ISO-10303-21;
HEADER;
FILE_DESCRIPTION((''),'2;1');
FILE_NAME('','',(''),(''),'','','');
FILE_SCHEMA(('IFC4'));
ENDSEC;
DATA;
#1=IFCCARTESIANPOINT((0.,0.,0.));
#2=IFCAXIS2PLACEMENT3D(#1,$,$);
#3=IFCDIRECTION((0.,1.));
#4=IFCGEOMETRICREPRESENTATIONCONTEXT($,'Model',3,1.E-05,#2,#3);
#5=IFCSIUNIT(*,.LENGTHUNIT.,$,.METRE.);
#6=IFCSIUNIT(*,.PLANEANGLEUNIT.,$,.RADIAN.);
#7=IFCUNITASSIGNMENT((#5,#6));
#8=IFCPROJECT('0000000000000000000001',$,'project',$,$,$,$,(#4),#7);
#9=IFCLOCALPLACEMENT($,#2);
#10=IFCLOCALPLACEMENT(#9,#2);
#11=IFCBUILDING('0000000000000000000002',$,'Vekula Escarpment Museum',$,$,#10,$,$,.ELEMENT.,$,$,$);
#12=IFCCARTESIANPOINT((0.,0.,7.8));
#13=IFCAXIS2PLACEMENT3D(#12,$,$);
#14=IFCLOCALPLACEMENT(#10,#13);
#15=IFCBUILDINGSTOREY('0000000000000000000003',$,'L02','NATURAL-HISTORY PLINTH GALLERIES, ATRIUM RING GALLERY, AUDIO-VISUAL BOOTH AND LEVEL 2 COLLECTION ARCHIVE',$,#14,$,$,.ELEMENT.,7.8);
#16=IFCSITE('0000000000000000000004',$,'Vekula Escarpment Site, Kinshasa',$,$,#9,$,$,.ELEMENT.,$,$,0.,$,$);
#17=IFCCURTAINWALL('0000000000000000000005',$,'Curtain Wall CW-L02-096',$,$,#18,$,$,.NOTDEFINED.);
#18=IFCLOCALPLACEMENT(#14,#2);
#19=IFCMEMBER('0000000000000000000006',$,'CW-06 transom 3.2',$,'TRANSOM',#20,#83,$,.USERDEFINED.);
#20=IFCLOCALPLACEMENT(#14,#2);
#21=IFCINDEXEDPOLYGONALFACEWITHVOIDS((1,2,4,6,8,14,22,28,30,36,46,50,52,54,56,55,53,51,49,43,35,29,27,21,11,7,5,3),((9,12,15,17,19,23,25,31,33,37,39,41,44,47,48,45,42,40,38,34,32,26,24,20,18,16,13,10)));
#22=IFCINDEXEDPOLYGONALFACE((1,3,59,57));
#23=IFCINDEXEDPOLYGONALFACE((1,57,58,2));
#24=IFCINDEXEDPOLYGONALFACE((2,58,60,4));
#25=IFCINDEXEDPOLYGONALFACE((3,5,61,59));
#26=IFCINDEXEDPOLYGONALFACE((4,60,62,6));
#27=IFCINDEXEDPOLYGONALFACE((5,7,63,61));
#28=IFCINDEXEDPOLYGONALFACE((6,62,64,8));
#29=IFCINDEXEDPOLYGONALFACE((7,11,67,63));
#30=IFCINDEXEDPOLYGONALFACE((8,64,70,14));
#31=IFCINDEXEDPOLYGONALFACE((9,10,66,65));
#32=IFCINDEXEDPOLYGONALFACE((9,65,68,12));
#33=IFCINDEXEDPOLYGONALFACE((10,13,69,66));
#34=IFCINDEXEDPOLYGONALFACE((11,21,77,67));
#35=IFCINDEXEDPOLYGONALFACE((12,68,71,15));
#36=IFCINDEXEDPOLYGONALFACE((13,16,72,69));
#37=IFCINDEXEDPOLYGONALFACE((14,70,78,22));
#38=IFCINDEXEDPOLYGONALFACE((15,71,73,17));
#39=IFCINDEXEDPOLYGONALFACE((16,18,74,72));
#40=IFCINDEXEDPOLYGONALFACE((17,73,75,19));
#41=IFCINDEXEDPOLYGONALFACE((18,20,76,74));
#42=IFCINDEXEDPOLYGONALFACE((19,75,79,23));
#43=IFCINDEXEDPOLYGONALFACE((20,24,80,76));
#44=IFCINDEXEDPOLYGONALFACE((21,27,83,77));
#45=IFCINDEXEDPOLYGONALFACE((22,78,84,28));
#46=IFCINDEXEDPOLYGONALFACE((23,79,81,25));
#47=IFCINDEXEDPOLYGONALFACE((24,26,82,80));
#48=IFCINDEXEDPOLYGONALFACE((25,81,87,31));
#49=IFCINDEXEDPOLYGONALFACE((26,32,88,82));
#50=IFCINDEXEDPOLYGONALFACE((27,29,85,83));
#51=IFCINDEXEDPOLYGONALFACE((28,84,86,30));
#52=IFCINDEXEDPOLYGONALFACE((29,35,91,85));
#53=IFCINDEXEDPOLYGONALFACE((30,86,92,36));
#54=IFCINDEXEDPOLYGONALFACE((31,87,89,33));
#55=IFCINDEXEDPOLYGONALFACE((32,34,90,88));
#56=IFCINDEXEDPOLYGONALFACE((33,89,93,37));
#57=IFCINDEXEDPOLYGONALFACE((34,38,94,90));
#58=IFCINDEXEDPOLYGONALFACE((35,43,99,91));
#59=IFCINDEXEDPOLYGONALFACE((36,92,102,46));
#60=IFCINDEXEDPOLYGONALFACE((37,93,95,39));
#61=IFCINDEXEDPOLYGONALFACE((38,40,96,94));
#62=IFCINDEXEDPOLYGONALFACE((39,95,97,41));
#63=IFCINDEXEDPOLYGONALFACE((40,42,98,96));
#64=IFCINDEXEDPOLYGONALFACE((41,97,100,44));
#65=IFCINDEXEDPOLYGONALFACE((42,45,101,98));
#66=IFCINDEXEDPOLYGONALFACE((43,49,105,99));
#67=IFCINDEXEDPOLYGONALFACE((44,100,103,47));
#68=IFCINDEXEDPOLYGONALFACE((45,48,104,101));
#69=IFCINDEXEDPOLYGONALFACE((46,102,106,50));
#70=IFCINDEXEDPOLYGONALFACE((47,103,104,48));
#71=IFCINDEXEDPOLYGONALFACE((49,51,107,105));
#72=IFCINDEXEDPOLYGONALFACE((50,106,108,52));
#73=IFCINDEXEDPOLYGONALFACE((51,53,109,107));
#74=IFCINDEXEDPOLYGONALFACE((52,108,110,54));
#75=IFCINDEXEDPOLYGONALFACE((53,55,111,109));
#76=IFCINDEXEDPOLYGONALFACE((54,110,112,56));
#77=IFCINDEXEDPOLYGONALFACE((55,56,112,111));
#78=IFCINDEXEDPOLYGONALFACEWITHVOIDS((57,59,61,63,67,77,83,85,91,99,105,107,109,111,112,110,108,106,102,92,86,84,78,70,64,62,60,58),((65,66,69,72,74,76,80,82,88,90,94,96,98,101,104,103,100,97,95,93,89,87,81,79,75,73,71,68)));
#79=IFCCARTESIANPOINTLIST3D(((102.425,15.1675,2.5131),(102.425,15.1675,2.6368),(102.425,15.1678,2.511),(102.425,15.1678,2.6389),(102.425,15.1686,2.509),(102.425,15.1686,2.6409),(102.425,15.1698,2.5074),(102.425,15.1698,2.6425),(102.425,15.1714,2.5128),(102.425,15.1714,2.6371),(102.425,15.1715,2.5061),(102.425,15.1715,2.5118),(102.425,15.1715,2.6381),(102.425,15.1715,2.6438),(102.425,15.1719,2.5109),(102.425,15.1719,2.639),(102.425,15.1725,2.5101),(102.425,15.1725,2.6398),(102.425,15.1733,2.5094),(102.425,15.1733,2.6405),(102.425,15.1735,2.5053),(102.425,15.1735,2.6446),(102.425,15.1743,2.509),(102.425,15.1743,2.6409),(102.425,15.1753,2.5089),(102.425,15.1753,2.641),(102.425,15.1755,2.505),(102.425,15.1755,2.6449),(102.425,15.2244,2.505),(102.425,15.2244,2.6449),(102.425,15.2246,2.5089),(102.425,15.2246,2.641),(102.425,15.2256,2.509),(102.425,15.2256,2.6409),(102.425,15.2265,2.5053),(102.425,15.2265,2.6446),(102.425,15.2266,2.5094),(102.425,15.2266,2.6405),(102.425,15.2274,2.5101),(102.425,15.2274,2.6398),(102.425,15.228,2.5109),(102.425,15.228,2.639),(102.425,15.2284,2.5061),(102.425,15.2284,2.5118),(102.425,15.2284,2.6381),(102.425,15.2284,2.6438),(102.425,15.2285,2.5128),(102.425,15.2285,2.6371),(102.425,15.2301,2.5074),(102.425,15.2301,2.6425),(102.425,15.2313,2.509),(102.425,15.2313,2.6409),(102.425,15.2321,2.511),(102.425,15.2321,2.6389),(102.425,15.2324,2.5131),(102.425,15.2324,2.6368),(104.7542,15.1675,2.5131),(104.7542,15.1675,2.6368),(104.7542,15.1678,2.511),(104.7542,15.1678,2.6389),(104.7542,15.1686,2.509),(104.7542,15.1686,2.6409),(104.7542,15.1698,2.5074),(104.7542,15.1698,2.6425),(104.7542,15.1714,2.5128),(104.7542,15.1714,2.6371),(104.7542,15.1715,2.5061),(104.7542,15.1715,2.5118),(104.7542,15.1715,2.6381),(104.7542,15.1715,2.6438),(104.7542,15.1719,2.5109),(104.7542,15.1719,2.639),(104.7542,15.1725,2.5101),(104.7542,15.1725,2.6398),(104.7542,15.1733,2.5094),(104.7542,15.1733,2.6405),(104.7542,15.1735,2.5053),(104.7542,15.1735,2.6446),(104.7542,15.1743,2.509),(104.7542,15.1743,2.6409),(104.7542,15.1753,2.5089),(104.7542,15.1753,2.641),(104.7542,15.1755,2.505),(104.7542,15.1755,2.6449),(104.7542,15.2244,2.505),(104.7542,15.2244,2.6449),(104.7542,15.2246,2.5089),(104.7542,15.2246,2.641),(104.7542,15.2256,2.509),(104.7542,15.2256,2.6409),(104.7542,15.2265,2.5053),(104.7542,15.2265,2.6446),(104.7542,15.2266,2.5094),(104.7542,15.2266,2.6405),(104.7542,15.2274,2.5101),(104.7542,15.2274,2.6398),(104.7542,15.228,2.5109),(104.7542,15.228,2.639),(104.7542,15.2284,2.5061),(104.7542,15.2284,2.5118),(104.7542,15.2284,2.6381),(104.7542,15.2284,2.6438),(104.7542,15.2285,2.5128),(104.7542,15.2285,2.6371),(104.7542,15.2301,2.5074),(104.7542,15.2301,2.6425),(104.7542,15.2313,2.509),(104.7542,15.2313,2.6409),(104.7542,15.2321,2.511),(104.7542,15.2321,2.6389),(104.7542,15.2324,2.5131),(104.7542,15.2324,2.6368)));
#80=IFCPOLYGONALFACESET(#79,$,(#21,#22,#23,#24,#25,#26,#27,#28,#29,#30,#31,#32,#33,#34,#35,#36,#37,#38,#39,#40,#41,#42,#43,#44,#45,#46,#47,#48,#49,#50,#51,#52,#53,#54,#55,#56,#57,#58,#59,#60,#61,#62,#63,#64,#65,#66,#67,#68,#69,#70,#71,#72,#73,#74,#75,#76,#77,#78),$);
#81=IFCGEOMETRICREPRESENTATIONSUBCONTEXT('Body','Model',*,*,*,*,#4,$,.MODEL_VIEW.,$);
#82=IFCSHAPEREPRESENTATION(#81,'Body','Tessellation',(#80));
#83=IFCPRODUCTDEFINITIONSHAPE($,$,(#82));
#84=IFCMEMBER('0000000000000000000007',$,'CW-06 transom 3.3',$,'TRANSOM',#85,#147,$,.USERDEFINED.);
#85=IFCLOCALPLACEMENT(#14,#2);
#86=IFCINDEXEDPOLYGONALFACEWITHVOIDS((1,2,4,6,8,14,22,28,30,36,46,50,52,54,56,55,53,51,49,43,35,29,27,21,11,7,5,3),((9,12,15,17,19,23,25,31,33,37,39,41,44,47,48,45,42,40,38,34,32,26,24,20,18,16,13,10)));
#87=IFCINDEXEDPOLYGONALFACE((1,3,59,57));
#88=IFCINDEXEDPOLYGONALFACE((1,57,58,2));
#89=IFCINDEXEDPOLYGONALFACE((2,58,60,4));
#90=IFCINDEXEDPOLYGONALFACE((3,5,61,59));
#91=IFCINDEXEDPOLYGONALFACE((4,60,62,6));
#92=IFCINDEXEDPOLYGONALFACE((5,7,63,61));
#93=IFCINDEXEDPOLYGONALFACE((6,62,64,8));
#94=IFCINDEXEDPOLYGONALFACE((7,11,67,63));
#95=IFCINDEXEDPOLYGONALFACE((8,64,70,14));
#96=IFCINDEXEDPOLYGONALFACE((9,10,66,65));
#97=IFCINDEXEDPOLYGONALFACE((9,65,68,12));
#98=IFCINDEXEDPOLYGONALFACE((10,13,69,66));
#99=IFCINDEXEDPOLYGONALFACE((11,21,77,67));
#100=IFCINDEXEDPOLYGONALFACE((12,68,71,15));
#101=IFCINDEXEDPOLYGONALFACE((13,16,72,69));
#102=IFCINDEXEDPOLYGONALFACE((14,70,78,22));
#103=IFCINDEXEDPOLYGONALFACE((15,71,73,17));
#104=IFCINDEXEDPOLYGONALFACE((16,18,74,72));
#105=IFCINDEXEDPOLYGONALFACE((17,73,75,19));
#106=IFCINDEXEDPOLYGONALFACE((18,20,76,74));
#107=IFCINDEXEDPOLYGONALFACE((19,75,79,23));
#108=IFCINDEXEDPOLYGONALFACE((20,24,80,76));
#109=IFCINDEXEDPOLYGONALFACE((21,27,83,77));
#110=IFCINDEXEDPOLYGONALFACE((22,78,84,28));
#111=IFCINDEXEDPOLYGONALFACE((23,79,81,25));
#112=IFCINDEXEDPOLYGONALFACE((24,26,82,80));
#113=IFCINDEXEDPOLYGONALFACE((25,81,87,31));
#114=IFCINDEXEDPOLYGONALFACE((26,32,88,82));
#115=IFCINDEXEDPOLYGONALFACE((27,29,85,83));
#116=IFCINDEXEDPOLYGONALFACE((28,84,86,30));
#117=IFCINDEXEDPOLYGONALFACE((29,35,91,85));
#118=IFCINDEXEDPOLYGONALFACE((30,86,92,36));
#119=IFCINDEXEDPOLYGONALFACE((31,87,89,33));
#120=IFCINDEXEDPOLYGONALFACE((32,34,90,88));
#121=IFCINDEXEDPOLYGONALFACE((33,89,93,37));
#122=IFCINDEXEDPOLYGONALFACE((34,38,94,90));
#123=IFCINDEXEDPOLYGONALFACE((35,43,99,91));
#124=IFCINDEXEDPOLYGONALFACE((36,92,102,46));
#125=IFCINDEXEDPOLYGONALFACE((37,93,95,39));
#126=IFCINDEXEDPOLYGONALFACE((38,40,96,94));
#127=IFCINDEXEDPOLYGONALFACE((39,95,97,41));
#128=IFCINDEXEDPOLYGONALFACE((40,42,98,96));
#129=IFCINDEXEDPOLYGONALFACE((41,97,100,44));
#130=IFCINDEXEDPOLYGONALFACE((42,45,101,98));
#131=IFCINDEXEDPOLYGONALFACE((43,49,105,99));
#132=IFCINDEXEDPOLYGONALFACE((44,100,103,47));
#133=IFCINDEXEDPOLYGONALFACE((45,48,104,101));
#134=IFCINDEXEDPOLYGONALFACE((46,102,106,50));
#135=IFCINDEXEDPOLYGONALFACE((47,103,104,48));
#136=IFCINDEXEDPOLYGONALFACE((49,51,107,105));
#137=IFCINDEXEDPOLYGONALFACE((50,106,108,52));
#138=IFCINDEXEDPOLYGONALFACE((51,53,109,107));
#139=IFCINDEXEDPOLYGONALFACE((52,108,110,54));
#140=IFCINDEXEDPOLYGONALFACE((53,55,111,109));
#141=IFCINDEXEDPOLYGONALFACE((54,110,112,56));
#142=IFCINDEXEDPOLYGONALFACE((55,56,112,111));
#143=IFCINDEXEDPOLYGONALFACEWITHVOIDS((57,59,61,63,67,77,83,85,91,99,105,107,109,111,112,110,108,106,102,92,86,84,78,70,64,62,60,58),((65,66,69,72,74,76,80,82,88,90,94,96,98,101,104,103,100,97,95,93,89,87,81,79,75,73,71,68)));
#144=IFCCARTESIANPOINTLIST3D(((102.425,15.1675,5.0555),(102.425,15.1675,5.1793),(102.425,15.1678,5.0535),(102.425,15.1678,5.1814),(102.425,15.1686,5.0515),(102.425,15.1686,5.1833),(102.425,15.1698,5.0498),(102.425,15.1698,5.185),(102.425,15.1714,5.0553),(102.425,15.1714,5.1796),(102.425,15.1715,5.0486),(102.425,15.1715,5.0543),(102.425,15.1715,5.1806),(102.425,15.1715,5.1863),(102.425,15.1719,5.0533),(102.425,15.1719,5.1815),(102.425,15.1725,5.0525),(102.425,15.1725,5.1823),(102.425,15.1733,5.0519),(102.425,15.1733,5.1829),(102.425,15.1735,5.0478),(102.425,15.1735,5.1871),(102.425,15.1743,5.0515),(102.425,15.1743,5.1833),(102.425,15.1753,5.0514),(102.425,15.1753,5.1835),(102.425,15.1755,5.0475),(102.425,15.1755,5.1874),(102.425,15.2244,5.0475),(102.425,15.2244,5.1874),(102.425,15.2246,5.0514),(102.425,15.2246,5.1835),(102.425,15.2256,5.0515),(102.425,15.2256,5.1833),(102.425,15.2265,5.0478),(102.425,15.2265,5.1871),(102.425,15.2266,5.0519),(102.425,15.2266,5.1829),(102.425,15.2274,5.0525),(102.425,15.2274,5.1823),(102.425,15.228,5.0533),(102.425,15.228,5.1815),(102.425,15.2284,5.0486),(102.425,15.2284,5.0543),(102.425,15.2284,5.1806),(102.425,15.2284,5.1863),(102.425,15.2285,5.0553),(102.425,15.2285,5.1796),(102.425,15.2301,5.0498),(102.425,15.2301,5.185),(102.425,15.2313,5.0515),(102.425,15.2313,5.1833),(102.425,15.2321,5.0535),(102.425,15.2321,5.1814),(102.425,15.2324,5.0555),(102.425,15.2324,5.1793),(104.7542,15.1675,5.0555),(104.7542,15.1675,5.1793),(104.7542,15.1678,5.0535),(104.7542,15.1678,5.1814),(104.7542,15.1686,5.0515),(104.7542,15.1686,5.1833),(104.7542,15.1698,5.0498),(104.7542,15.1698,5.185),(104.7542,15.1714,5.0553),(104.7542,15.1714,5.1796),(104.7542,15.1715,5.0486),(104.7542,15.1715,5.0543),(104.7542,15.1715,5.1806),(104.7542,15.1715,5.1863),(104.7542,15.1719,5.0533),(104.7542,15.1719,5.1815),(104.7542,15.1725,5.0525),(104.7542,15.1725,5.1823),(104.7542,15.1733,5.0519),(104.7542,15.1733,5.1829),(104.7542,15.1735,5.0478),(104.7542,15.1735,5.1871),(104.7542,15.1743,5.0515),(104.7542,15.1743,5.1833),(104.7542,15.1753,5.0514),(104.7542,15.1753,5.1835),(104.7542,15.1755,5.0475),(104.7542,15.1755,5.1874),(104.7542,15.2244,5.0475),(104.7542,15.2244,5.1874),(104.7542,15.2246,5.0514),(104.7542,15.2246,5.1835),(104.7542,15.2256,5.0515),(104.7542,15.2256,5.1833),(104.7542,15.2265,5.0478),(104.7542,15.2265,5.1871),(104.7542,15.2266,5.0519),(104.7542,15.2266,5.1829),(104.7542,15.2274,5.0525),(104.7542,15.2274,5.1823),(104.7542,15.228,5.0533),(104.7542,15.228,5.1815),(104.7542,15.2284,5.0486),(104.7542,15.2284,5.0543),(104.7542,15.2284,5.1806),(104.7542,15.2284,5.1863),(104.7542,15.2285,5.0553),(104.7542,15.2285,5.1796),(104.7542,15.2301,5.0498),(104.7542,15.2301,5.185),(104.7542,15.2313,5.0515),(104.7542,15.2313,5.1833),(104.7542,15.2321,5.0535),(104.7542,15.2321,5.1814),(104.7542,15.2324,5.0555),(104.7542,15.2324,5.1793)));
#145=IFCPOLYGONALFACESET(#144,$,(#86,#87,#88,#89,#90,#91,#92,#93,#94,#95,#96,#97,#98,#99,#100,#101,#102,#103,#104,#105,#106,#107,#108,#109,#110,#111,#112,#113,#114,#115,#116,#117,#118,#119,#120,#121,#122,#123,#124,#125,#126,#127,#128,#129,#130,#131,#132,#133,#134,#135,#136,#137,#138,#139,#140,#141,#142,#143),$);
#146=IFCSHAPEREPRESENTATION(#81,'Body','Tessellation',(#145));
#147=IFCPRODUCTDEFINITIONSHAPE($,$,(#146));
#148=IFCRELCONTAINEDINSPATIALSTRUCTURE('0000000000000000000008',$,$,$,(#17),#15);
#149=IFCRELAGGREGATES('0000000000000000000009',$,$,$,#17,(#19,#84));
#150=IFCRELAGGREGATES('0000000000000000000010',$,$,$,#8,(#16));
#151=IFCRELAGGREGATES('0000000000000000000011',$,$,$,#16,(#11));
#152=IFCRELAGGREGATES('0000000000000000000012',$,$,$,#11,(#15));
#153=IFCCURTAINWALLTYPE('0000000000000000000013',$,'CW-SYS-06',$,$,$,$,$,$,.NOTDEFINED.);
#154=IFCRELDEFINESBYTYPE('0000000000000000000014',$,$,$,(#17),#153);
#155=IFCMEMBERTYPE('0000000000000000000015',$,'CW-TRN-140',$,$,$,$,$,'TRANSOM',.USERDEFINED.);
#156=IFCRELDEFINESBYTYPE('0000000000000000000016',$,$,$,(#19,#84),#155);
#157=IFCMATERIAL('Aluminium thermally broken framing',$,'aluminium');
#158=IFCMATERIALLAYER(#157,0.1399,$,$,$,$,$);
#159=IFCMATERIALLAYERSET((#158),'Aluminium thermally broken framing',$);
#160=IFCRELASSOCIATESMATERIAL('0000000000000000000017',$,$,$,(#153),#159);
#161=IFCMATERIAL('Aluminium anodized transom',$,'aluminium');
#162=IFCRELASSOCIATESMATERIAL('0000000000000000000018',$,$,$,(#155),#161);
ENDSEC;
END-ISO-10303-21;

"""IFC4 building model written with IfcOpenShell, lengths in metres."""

from ifc_helpers import new_model, si_unit, direction, frame, origin, origin_2d, place, context, subcontext, project, spatial, hollow_rectangle, extrude, material, layer, layer_set, material_profile, profile_set, type_object, element, aggregate, save


model = new_model("IFC4")

# Units and contexts
model_context = context("Model", 3, precision=1e-05, world=origin(), true_north=direction((0.0, 1.0)))
body_context = subcontext(model_context, "Body", "Model", "MODEL_VIEW")
ifc_project = project(units=[si_unit("LENGTHUNIT", "METRE"), si_unit("PLANEANGLEUNIT", "RADIAN")], contexts=[model_context])

# Site, building, storey
site_placement = place(None, origin())
site = spatial("IfcSite", under=ifc_project, at=site_placement, Name="Vekula Escarpment Site, Kinshasa", CompositionType="ELEMENT", RefElevation=0.0)
building_placement = place(site_placement, origin())
building = spatial("IfcBuilding", under=site, at=building_placement, Name="Vekula Escarpment Museum", CompositionType="ELEMENT")
storey_placement = place(building_placement, frame((0.0, 0.0, 7.8)))
storey = spatial("IfcBuildingStorey", under=building, at=storey_placement, Name="L02", Description="NATURAL-HISTORY PLINTH GALLERIES, ATRIUM RING GALLERY, AUDIO-VISUAL BOOTH AND LEVEL 2 COLLECTION ARCHIVE", CompositionType="ELEMENT", Elevation=7.8)

# Curtain wall
ifc_material_1 = material(Name="Aluminium thermally broken framing", Category="aluminium")
ifc_layer_1 = layer(ifc_material_1, 0.1399)
ifc_layer_set_1 = layer_set([ifc_layer_1], Name="Aluminium thermally broken framing")
curtain_wall_type_1 = type_object("IfcCurtainWallType", Name="CW-SYS-06", PredefinedType="NOTDEFINED", material=ifc_layer_set_1)
curtain_wall_1_placement = place(storey_placement, origin())
curtain_wall_1 = element("IfcCurtainWall", 1, at=curtain_wall_1_placement, inside=storey, type_object=curtain_wall_type_1, Name="Curtain Wall CW-L02-096", PredefinedType="NOTDEFINED")

# Members
ifc_material_2 = material(Name="Aluminium anodized transom", Category="aluminium")
ifc_material_profile_1 = material_profile(ifc_material_2, hollow_rectangle(XDim=0.0649, YDim=0.1399, WallThickness=0.0039, InnerFilletRadius=0.0039, OuterFilletRadius=0.0081, at=origin_2d()), Name="ALU 140x65x4")
ifc_profile_set_1 = profile_set([ifc_material_profile_1], Name="Aluminium anodized transom")
member_type_1 = type_object("IfcMemberType", Name="CW-TRN-140", ElementType="TRANSOM", PredefinedType="USERDEFINED", material=ifc_profile_set_1)
member_1_placement = place(storey_placement, frame((104.7542, 15.2, 2.575), z_axis=(-1.0, 0.0, 0.0), x_axis=(0.0, -1.0, 0.0)))
member_1 = element("IfcMember", 2, at=member_1_placement, type_object=member_type_1, Name="CW-06 transom 3.2", ObjectType="TRANSOM", PredefinedType="USERDEFINED", context=body_context, shape_type="SweptSolid", body=[
    extrude(hollow_rectangle(XDim=0.0649, YDim=0.1399, WallThickness=0.0039, InnerFilletRadius=0.0039, OuterFilletRadius=0.0081, at=origin_2d()), origin(), (0.0, 0.0, 1.0), 2.3291),
])
member_2_placement = place(storey_placement, frame((104.7542, 15.2, 5.1174), z_axis=(-1.0, 0.0, 0.0), x_axis=(0.0, -1.0, 0.0)))
member_2 = element("IfcMember", 3, at=member_2_placement, type_object=member_type_1, Name="CW-06 transom 3.3", ObjectType="TRANSOM", PredefinedType="USERDEFINED", context=body_context, shape_type="SweptSolid", body=[
    extrude(hollow_rectangle(XDim=0.0649, YDim=0.1399, WallThickness=0.0039, InnerFilletRadius=0.0039, OuterFilletRadius=0.0081, at=origin_2d()), origin(), (0.0, 0.0, 1.0), 2.3291),
])

aggregate(curtain_wall_1, [member_1, member_2])

save(model, "model.ifc")
